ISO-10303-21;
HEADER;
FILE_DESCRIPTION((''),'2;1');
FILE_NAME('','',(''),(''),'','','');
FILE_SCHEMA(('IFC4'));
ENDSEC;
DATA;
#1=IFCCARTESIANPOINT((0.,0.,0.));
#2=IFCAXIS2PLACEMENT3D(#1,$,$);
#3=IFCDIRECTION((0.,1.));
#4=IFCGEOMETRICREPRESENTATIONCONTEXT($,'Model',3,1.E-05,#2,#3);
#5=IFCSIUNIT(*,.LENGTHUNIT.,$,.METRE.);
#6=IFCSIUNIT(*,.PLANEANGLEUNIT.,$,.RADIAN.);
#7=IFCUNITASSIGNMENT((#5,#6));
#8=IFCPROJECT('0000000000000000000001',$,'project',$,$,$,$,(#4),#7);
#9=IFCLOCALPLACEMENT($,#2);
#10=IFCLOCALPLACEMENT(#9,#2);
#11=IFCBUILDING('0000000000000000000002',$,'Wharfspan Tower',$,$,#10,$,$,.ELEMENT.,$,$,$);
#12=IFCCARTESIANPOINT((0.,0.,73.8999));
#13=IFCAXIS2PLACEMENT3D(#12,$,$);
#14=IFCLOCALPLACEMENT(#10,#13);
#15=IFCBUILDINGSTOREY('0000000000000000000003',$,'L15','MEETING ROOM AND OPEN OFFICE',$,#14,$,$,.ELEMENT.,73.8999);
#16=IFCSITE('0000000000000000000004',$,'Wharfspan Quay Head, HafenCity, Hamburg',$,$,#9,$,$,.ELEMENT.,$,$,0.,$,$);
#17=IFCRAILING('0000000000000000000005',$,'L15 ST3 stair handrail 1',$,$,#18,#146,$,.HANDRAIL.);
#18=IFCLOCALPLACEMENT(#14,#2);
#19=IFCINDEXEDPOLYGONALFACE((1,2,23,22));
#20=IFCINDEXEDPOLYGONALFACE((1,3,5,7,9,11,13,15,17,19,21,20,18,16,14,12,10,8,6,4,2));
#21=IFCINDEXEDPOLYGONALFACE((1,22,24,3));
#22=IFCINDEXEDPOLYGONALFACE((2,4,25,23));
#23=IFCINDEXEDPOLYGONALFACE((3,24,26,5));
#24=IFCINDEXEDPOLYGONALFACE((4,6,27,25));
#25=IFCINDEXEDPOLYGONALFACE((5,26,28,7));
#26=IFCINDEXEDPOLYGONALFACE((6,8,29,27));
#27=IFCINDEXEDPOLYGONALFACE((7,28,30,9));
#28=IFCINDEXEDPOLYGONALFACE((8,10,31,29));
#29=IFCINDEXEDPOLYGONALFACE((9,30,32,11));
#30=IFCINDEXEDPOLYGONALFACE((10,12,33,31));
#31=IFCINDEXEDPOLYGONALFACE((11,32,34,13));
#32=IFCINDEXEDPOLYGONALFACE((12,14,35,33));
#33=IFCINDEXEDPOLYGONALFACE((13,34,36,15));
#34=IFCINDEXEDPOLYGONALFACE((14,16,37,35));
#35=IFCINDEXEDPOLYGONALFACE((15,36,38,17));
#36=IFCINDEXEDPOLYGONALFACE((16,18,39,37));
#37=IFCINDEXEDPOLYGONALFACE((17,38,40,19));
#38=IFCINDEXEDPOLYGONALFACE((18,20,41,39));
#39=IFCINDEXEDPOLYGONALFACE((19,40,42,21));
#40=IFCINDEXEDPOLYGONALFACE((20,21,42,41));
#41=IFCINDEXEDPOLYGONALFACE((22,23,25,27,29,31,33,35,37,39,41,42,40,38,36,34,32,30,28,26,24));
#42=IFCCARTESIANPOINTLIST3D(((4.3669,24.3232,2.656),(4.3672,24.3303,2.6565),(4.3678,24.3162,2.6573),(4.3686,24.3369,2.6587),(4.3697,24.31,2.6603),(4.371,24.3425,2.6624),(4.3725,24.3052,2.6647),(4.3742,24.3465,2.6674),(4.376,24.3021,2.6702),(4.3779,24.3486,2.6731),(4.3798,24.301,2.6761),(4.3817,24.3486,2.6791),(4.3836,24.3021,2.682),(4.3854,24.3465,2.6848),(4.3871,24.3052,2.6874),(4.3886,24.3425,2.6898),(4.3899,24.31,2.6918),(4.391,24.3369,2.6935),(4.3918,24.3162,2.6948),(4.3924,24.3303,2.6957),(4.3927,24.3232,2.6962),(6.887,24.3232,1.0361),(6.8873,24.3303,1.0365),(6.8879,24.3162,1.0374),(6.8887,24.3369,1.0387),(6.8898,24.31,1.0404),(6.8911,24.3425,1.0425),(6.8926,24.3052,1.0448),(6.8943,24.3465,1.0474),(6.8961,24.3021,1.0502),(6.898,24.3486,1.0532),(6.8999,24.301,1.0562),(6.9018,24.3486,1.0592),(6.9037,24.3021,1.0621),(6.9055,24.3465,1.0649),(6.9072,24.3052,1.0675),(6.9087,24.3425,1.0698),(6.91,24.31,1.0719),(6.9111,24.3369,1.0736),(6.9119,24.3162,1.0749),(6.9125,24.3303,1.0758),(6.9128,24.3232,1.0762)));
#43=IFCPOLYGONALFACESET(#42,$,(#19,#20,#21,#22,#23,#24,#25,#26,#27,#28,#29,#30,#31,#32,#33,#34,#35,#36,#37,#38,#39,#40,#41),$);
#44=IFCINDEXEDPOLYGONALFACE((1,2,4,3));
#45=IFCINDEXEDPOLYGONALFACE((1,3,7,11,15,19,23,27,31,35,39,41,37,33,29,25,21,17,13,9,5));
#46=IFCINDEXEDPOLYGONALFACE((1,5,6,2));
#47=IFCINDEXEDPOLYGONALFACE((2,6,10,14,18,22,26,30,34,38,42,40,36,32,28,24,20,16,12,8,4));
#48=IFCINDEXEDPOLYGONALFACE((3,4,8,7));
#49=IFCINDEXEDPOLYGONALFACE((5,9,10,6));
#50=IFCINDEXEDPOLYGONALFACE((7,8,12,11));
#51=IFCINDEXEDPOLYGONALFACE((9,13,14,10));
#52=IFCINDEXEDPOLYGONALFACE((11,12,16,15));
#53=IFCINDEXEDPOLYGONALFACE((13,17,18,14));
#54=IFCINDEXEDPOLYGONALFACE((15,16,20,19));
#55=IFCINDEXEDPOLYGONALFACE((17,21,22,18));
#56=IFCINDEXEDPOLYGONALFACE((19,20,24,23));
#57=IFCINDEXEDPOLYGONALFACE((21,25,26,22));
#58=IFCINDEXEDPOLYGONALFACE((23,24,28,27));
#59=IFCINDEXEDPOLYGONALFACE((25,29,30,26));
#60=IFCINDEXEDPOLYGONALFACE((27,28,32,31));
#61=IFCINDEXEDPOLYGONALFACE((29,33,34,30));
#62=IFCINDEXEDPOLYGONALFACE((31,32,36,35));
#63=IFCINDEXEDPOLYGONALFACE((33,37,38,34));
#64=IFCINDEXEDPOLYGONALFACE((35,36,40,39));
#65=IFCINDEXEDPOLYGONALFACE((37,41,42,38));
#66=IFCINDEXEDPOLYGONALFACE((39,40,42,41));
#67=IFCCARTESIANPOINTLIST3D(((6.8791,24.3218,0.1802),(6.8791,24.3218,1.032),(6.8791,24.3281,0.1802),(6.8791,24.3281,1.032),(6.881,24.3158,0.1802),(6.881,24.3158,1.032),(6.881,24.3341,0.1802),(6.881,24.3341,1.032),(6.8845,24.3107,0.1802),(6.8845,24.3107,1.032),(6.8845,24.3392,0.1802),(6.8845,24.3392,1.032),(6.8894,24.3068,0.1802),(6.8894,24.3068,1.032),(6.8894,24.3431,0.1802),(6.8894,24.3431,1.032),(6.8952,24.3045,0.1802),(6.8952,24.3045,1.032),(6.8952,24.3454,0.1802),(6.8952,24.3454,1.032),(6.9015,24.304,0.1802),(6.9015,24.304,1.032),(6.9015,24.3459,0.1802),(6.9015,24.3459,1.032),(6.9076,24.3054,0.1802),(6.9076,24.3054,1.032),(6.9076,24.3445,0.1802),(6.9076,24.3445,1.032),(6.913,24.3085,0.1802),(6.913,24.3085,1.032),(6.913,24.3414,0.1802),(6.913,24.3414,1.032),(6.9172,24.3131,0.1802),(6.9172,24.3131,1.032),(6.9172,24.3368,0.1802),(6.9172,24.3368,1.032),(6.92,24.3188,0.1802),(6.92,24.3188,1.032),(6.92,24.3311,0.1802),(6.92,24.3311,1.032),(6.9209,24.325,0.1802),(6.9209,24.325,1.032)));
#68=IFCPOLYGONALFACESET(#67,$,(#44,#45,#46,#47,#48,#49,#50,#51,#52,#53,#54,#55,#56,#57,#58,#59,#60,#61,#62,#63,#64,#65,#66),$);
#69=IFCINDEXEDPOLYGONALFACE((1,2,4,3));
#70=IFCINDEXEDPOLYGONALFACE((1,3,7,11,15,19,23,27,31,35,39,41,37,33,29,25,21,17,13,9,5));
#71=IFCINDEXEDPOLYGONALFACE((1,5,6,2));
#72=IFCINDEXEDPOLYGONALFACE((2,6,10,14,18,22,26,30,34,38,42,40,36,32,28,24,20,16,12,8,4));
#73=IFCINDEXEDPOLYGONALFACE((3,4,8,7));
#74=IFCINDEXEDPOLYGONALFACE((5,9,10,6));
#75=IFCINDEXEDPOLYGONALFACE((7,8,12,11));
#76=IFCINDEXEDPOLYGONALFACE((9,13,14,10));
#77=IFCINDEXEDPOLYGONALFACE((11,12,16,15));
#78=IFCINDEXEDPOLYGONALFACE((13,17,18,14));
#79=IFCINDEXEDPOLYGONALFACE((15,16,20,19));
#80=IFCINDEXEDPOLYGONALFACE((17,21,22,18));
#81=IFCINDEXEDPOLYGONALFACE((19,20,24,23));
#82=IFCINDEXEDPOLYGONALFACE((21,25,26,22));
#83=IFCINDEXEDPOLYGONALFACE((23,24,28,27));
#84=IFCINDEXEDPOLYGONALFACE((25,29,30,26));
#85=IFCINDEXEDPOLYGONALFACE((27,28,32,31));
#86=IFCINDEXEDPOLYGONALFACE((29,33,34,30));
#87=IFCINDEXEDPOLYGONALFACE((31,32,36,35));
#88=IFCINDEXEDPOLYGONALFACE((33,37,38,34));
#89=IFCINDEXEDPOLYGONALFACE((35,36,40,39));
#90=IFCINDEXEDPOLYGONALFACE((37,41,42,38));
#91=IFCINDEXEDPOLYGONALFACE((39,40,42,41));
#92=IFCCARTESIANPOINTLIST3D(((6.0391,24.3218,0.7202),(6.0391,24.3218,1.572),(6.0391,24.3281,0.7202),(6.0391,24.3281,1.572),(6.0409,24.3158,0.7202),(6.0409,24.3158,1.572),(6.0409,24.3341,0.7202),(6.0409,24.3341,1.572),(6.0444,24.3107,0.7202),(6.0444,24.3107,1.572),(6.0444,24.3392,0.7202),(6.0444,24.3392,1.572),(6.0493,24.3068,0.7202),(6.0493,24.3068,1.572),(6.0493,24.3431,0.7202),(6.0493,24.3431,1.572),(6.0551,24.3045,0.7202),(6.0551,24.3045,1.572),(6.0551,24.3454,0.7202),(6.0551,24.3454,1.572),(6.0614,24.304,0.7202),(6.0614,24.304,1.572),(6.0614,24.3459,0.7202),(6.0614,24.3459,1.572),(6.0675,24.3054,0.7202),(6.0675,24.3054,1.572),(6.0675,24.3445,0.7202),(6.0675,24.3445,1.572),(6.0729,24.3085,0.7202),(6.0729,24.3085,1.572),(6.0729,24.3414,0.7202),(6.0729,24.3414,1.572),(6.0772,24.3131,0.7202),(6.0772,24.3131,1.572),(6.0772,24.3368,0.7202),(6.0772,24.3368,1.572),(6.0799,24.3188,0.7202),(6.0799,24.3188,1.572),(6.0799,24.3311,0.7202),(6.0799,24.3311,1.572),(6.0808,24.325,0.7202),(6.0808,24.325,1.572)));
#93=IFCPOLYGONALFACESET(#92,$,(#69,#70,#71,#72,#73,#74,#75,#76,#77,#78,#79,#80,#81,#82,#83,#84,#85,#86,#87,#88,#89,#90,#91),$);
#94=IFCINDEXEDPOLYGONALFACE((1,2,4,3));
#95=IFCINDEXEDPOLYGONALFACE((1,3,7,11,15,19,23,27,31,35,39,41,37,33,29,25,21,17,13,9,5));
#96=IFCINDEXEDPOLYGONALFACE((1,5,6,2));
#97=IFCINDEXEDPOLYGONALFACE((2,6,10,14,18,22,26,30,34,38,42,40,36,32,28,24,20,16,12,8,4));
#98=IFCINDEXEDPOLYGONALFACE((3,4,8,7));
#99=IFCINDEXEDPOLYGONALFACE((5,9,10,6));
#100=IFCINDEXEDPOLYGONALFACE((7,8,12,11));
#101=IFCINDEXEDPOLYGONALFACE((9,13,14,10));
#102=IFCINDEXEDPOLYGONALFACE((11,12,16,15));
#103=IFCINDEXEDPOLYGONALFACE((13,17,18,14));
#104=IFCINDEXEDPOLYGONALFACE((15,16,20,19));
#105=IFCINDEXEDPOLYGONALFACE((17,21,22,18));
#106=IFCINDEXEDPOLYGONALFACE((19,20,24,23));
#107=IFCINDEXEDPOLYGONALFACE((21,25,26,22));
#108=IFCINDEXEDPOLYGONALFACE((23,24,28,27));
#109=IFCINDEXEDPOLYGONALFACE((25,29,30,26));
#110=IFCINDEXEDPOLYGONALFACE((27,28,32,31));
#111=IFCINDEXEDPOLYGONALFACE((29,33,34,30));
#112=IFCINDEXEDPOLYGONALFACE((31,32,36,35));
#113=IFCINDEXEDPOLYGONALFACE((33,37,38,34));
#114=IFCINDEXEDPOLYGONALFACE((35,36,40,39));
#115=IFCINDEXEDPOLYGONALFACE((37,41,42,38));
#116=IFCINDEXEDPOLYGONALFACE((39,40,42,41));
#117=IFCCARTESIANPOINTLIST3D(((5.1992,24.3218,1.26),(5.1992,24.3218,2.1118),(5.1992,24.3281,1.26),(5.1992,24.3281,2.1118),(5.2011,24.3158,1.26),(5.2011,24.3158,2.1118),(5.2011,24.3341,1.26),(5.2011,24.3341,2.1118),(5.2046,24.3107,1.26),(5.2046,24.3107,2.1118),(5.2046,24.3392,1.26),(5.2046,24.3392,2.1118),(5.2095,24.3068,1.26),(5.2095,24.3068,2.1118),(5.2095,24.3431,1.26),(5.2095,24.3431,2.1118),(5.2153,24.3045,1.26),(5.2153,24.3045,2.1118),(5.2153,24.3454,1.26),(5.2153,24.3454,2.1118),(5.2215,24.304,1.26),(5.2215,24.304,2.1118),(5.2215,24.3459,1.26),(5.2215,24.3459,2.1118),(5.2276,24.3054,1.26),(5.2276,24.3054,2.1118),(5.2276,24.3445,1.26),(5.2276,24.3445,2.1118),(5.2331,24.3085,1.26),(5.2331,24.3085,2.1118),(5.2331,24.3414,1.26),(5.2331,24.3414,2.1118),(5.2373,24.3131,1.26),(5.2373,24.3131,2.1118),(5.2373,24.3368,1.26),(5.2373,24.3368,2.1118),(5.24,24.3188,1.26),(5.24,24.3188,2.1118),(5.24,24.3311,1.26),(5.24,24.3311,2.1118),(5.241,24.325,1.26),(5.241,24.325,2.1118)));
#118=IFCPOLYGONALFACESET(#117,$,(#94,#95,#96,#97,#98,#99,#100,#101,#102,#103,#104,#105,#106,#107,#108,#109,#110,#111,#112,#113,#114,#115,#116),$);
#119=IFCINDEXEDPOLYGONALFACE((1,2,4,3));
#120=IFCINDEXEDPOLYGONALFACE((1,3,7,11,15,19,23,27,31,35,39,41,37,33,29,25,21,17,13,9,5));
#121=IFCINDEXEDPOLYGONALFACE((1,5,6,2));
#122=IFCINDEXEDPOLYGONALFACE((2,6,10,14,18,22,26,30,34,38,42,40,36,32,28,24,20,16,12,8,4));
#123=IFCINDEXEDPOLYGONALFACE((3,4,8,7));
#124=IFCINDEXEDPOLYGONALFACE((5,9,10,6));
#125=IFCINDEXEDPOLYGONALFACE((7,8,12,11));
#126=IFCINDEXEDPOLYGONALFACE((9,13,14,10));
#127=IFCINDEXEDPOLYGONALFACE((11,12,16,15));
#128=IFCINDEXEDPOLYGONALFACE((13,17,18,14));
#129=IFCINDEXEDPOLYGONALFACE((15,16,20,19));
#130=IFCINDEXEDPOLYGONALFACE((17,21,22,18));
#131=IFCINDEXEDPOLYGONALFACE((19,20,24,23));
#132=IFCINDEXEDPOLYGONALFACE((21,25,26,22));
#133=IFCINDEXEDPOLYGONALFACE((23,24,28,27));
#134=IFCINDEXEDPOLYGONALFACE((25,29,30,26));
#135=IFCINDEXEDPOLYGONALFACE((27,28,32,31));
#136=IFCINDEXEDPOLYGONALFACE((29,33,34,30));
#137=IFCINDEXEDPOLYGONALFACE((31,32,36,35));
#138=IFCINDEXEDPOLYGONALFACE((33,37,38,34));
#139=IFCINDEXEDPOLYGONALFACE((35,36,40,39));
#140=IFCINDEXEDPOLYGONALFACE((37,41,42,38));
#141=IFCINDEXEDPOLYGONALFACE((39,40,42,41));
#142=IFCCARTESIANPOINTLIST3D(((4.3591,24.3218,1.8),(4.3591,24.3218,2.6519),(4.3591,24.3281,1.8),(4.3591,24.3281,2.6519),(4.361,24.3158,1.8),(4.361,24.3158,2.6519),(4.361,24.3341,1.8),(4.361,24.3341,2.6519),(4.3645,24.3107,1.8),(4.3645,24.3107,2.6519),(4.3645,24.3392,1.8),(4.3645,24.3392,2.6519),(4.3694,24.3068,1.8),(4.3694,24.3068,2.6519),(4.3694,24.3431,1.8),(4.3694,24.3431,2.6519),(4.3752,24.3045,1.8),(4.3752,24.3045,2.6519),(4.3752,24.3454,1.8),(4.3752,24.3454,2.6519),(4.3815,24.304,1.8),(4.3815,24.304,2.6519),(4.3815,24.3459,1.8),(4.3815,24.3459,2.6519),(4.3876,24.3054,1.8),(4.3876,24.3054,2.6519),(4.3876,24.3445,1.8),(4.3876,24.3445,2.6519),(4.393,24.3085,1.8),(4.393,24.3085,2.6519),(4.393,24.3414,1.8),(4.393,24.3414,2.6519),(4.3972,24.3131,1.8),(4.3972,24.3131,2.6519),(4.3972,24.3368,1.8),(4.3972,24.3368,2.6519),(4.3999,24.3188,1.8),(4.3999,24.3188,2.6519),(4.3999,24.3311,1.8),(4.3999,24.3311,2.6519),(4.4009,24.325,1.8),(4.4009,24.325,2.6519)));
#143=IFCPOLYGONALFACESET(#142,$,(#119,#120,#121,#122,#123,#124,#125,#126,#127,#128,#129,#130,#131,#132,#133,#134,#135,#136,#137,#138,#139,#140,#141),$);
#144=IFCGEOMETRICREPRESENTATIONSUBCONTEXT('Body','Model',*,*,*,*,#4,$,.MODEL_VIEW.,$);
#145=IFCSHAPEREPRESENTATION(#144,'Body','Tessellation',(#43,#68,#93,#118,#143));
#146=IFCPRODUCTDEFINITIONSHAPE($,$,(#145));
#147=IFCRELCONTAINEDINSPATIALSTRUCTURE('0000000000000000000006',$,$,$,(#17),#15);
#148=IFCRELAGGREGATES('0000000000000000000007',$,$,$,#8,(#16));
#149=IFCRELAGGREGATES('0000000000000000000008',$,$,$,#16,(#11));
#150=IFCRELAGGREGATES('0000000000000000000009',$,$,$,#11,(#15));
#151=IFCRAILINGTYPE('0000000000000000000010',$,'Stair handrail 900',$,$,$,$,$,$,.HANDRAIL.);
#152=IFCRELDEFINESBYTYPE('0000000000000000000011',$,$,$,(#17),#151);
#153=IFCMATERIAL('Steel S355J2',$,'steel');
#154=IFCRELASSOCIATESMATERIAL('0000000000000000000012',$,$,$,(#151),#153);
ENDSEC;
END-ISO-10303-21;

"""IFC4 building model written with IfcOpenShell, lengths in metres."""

from ifc_helpers import new_model, si_unit, direction, frame, origin, origin_2d, place, context, subcontext, project, spatial, circle, extrude, material, type_object, element, save


model = new_model("IFC4")

# Units and contexts
model_context = context("Model", 3, precision=1e-05, world=origin(), true_north=direction((0.0, 1.0)))
body_context = subcontext(model_context, "Body", "Model", "MODEL_VIEW")
ifc_project = project(units=[si_unit("LENGTHUNIT", "METRE"), si_unit("PLANEANGLEUNIT", "RADIAN")], contexts=[model_context])

# Site, building, storey
site_placement = place(None, origin())
site = spatial("IfcSite", under=ifc_project, at=site_placement, Name="Wharfspan Quay Head, HafenCity, Hamburg", CompositionType="ELEMENT", RefElevation=0.0)
building_placement = place(site_placement, origin())
building = spatial("IfcBuilding", under=site, at=building_placement, Name="Wharfspan Tower", CompositionType="ELEMENT")
storey_placement = place(building_placement, frame((0.0, 0.0, 73.8999)))
storey = spatial("IfcBuildingStorey", under=building, at=storey_placement, Name="L15", Description="MEETING ROOM AND OPEN OFFICE", CompositionType="ELEMENT", Elevation=73.8999)

# Shared definitions
ifc_material_1 = material(Name="Steel S355J2", Category="steel")

# Railing
railing_type_1 = type_object("IfcRailingType", Name="Stair handrail 900", PredefinedType="HANDRAIL", material=ifc_material_1)
railing_1_placement = place(storey_placement, frame((6.8999, 24.325, 0.1802)))
element("IfcRailing", 1, at=railing_1_placement, inside=storey, type_object=railing_type_1, Name="L15 ST3 stair handrail 1", PredefinedType="HANDRAIL", context=body_context, shape_type="SweptSolid", body=[
    extrude(circle(Radius=0.0239, at=origin_2d()), frame((0.0, 0.0, 0.876), z_axis=(-0.8412, 0.0, 0.540725), x_axis=(0.0, -1.0, 0.0)), (0.0, 0.0, 1.0), 2.9958),
    extrude(circle(Radius=0.021, at=origin_2d()), origin(), (0.0, 0.0, 1.0), 0.8518),
    extrude(circle(Radius=0.021, at=origin_2d()), frame((-0.8401, 0.0, 0.54)), (0.0, 0.0, 1.0), 0.8518),
    extrude(circle(Radius=0.021, at=origin_2d()), frame((-1.6799, 0.0, 1.0798)), (0.0, 0.0, 1.0), 0.8518),
    extrude(circle(Radius=0.021, at=origin_2d()), frame((-2.52, 0.0, 1.6199)), (0.0, 0.0, 1.0), 0.8518),
])

save(model, "model.ifc")
